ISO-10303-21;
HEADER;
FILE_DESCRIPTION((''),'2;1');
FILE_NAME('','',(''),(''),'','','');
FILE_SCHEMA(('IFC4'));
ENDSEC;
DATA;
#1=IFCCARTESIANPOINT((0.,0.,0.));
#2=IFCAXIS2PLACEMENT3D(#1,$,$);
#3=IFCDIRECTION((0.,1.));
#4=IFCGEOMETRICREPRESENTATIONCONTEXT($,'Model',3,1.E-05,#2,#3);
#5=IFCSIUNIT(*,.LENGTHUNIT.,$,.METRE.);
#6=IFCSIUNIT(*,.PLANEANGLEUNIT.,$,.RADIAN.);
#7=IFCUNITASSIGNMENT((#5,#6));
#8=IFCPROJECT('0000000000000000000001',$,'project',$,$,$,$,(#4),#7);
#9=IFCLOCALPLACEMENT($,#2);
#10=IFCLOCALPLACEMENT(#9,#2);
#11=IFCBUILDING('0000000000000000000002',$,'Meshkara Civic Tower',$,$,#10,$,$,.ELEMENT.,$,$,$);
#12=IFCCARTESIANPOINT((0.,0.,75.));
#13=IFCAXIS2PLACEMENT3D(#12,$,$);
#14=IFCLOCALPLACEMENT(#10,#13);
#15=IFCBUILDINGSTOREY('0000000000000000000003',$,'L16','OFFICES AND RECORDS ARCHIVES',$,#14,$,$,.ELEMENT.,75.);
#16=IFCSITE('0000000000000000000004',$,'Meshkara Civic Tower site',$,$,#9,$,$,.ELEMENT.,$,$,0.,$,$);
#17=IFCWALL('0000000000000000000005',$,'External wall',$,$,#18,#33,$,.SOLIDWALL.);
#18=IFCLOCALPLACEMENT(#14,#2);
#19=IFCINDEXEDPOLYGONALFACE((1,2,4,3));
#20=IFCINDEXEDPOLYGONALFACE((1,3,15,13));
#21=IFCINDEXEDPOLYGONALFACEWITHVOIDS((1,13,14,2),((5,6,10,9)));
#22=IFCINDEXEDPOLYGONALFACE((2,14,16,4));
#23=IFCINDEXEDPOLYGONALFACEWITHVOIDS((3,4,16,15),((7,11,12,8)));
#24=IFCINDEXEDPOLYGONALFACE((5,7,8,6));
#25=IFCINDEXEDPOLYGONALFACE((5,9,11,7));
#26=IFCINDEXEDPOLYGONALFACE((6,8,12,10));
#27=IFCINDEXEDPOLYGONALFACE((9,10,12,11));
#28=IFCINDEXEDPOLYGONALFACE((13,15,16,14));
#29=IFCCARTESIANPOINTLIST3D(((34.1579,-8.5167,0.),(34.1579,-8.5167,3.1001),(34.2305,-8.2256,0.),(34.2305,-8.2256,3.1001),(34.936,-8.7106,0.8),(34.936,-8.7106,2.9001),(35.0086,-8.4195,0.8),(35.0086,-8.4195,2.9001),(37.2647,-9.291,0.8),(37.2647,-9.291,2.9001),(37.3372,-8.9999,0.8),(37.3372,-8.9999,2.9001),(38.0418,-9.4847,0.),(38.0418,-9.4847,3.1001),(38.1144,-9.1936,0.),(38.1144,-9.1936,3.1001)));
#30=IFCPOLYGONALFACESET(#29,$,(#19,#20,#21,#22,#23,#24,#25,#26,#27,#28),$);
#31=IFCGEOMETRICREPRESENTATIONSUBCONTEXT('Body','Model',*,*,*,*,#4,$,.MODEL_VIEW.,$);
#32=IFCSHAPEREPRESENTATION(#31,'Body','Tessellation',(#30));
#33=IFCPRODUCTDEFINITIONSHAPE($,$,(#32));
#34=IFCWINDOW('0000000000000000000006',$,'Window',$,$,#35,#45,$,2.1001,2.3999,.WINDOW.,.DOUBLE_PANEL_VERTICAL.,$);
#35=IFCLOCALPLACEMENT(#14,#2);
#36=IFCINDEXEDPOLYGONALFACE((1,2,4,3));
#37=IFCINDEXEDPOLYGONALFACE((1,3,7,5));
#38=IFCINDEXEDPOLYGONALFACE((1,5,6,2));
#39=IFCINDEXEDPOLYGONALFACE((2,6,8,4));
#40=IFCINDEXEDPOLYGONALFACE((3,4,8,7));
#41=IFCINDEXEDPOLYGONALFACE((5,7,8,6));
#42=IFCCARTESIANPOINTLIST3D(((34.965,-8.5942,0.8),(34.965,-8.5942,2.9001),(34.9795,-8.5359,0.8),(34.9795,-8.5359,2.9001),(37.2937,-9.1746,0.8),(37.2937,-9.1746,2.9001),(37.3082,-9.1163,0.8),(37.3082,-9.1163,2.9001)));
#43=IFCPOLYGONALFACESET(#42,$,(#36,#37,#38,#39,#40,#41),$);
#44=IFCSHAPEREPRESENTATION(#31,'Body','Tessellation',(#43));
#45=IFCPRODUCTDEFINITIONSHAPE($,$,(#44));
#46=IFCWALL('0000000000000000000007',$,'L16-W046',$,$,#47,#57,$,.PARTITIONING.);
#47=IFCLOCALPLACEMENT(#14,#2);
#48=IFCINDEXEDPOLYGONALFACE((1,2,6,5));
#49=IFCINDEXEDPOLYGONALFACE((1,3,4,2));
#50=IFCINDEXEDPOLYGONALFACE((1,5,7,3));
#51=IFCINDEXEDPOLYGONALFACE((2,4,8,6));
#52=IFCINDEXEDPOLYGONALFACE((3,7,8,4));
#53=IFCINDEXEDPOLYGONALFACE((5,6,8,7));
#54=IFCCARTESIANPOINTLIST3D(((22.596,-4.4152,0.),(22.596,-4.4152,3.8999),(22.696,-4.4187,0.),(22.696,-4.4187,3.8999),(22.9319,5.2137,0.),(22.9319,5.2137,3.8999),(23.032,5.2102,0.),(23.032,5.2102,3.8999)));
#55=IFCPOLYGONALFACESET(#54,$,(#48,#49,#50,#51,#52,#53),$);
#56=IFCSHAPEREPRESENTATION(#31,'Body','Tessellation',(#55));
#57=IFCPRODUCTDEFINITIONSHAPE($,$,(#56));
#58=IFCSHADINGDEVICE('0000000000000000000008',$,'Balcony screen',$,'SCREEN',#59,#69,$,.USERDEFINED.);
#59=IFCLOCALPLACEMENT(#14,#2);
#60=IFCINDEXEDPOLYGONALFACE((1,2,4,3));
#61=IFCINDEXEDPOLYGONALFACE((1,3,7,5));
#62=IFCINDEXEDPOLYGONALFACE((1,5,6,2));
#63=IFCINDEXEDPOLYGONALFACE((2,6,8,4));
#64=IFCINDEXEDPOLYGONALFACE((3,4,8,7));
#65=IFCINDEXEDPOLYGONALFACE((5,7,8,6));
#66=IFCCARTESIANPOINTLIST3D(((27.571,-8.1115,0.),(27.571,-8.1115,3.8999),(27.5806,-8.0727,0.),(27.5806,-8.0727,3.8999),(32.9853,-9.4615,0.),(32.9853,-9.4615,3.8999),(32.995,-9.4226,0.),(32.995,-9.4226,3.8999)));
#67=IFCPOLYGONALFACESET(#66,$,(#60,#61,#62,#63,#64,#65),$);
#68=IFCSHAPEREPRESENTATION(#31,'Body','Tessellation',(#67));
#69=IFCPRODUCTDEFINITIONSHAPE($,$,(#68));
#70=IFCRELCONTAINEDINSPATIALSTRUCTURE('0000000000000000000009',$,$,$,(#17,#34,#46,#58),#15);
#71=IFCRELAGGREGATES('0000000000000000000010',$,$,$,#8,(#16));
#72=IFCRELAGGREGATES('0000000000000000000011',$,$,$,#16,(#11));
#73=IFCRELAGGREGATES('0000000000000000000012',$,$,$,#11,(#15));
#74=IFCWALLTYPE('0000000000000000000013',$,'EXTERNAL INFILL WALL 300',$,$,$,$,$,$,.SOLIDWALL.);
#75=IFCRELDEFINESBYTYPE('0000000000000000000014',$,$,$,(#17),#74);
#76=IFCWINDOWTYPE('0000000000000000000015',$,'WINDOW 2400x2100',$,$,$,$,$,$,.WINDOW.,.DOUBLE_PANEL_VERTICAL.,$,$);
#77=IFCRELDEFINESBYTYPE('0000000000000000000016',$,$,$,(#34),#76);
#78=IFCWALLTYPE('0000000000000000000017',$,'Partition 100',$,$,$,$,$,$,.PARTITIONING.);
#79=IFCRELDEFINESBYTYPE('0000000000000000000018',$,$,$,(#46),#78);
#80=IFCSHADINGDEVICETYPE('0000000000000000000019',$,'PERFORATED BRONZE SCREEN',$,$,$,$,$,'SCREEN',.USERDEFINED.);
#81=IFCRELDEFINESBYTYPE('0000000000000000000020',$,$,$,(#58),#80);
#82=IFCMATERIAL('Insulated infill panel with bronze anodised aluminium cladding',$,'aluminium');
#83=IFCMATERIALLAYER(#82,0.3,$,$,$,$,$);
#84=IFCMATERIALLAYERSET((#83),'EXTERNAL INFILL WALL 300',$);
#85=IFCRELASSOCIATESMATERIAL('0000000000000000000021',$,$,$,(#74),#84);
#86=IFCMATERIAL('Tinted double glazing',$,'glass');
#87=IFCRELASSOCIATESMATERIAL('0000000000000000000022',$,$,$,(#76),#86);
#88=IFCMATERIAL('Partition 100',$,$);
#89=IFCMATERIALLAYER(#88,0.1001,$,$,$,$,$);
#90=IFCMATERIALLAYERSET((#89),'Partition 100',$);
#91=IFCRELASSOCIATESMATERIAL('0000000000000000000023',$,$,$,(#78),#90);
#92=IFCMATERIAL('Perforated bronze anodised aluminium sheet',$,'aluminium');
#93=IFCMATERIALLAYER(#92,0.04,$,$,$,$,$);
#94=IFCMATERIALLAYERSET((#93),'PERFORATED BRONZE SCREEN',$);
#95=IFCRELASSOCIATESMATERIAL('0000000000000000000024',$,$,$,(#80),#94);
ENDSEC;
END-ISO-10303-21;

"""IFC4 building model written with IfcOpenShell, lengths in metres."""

from ifc_helpers import new_model, si_unit, direction, frame, frame_2d, origin, origin_2d, place, context, subcontext, project, spatial, rectangle, extrude, material, layer, layer_set, type_object, element, fill, save


model = new_model("IFC4")

# Units and contexts
model_context = context("Model", 3, precision=1e-05, world=origin(), true_north=direction((0.0, 1.0)))
body_context = subcontext(model_context, "Body", "Model", "MODEL_VIEW")
ifc_project = project(units=[si_unit("LENGTHUNIT", "METRE"), si_unit("PLANEANGLEUNIT", "RADIAN")], contexts=[model_context])

# Site, building, storey
site_placement = place(None, origin())
site = spatial("IfcSite", under=ifc_project, at=site_placement, Name="Meshkara Civic Tower site", CompositionType="ELEMENT", RefElevation=0.0)
building_placement = place(site_placement, origin())
building = spatial("IfcBuilding", under=site, at=building_placement, Name="Meshkara Civic Tower", CompositionType="ELEMENT")
storey_placement = place(building_placement, frame((0.0, 0.0, 75.0)))
storey = spatial("IfcBuildingStorey", under=building, at=storey_placement, Name="L16", Description="OFFICES AND RECORDS ARCHIVES", CompositionType="ELEMENT", Elevation=75.0)

# Wall, opening, window
ifc_material_1 = material(Name="Insulated infill panel with bronze anodised aluminium cladding", Category="aluminium")
ifc_layer_1 = layer(ifc_material_1, 0.3)
ifc_layer_set_1 = layer_set([ifc_layer_1], Name="EXTERNAL INFILL WALL 300")
wall_type_1 = type_object("IfcWallType", Name="EXTERNAL INFILL WALL 300", PredefinedType="SOLIDWALL", material=ifc_layer_set_1)
ifc_material_2 = material(Name="Tinted double glazing", Category="glass")
window_type = type_object("IfcWindowType", Name="WINDOW 2400x2100", PartitioningType="DOUBLE_PANEL_VERTICAL", PredefinedType="WINDOW", material=ifc_material_2)
wall_1_placement = place(storey_placement, frame((34.1941, -8.3711, 0.0), z_axis=(0.0, 0.0, 1.0), x_axis=(0.970314, -0.241847, 0.0)))
wall_1 = element("IfcWall", 1, at=wall_1_placement, inside=storey, type_object=wall_type_1, Name="External wall", PredefinedType="SOLIDWALL", context=body_context, shape_type="SweptSolid", body=[
    extrude(rectangle(XDim=4.0027, YDim=0.3, at=frame_2d((2.0015, 0.0))), origin(), (0.0, 0.0, 1.0), 3.1001),
])
opening_1_placement = place(wall_1_placement, frame((0.802, 0.0, 0.8)))
opening_1 = element("IfcOpeningElement", 2, at=opening_1_placement, cuts=wall_1, PredefinedType="OPENING", context=body_context, shape_type="SweptSolid", body=[
    extrude(rectangle(XDim=2.3999, YDim=2.1001, at=frame_2d((1.2, 1.05))), frame((0.0, 0.1599, 0.0), z_axis=(0.0, -1.0, 0.0), x_axis=(1.0, 0.0, 0.0)), (0.0, 0.0, 1.0), 0.3201),
])
window_1_placement = place(opening_1_placement, origin())
window_1 = element("IfcWindow", 3, at=window_1_placement, inside=storey, type_object=window_type, Name="Window", OverallHeight=2.1001, OverallWidth=2.3999, PartitioningType="DOUBLE_PANEL_VERTICAL", PredefinedType="WINDOW", context=body_context, shape_type="SweptSolid", body=[
    extrude(rectangle(XDim=2.3999, YDim=2.1001, at=frame_2d((1.2, 1.05))), frame((0.0, 0.03, 0.0), z_axis=(0.0, -1.0, 0.0), x_axis=(1.0, 0.0, 0.0)), (0.0, 0.0, 1.0), 0.0601),
])
fill(opening_1, window_1)

# Wall
ifc_material_3 = material(Name="Partition 100")
ifc_layer_2 = layer(ifc_material_3, 0.1001)
ifc_layer_set_2 = layer_set([ifc_layer_2], Name="Partition 100")
wall_type_2 = type_object("IfcWallType", Name="Partition 100", PredefinedType="PARTITIONING", material=ifc_layer_set_2)
wall_2_placement = place(storey_placement, frame((22.646, -4.417, 0.0), z_axis=(0.0, 0.0, 1.0), x_axis=(0.034867, 0.999392, 0.0)))
element("IfcWall", 4, at=wall_2_placement, inside=storey, type_object=wall_type_2, Name="L16-W046", PredefinedType="PARTITIONING", context=body_context, shape_type="SweptSolid", body=[
    extrude(rectangle(XDim=9.6348, YDim=0.1001, at=frame_2d((4.8174, 0.0))), origin(), (0.0, 0.0, 1.0), 3.8999),
])

# Shading device
ifc_material_4 = material(Name="Perforated bronze anodised aluminium sheet", Category="aluminium")
ifc_layer_3 = layer(ifc_material_4, 0.04)
ifc_layer_set_3 = layer_set([ifc_layer_3], Name="PERFORATED BRONZE SCREEN")
shading_device_type = type_object("IfcShadingDeviceType", Name="PERFORATED BRONZE SCREEN", ElementType="SCREEN", PredefinedType="USERDEFINED", material=ifc_layer_set_3)
shading_device_placement = place(storey_placement, frame((30.283, -8.7671, 0.0), z_axis=(0.0, 0.0, 1.0), x_axis=(0.970296, -0.241922, 0.0)))
element("IfcShadingDevice", 5, at=shading_device_placement, inside=storey, type_object=shading_device_type, Name="Balcony screen", ObjectType="SCREEN", PredefinedType="USERDEFINED", context=body_context, shape_type="SweptSolid", body=[
    extrude(rectangle(XDim=5.5801, YDim=0.04, at=origin_2d()), origin(), (0.0, 0.0, 1.0), 3.8999),
])

save(model, "model.ifc")
